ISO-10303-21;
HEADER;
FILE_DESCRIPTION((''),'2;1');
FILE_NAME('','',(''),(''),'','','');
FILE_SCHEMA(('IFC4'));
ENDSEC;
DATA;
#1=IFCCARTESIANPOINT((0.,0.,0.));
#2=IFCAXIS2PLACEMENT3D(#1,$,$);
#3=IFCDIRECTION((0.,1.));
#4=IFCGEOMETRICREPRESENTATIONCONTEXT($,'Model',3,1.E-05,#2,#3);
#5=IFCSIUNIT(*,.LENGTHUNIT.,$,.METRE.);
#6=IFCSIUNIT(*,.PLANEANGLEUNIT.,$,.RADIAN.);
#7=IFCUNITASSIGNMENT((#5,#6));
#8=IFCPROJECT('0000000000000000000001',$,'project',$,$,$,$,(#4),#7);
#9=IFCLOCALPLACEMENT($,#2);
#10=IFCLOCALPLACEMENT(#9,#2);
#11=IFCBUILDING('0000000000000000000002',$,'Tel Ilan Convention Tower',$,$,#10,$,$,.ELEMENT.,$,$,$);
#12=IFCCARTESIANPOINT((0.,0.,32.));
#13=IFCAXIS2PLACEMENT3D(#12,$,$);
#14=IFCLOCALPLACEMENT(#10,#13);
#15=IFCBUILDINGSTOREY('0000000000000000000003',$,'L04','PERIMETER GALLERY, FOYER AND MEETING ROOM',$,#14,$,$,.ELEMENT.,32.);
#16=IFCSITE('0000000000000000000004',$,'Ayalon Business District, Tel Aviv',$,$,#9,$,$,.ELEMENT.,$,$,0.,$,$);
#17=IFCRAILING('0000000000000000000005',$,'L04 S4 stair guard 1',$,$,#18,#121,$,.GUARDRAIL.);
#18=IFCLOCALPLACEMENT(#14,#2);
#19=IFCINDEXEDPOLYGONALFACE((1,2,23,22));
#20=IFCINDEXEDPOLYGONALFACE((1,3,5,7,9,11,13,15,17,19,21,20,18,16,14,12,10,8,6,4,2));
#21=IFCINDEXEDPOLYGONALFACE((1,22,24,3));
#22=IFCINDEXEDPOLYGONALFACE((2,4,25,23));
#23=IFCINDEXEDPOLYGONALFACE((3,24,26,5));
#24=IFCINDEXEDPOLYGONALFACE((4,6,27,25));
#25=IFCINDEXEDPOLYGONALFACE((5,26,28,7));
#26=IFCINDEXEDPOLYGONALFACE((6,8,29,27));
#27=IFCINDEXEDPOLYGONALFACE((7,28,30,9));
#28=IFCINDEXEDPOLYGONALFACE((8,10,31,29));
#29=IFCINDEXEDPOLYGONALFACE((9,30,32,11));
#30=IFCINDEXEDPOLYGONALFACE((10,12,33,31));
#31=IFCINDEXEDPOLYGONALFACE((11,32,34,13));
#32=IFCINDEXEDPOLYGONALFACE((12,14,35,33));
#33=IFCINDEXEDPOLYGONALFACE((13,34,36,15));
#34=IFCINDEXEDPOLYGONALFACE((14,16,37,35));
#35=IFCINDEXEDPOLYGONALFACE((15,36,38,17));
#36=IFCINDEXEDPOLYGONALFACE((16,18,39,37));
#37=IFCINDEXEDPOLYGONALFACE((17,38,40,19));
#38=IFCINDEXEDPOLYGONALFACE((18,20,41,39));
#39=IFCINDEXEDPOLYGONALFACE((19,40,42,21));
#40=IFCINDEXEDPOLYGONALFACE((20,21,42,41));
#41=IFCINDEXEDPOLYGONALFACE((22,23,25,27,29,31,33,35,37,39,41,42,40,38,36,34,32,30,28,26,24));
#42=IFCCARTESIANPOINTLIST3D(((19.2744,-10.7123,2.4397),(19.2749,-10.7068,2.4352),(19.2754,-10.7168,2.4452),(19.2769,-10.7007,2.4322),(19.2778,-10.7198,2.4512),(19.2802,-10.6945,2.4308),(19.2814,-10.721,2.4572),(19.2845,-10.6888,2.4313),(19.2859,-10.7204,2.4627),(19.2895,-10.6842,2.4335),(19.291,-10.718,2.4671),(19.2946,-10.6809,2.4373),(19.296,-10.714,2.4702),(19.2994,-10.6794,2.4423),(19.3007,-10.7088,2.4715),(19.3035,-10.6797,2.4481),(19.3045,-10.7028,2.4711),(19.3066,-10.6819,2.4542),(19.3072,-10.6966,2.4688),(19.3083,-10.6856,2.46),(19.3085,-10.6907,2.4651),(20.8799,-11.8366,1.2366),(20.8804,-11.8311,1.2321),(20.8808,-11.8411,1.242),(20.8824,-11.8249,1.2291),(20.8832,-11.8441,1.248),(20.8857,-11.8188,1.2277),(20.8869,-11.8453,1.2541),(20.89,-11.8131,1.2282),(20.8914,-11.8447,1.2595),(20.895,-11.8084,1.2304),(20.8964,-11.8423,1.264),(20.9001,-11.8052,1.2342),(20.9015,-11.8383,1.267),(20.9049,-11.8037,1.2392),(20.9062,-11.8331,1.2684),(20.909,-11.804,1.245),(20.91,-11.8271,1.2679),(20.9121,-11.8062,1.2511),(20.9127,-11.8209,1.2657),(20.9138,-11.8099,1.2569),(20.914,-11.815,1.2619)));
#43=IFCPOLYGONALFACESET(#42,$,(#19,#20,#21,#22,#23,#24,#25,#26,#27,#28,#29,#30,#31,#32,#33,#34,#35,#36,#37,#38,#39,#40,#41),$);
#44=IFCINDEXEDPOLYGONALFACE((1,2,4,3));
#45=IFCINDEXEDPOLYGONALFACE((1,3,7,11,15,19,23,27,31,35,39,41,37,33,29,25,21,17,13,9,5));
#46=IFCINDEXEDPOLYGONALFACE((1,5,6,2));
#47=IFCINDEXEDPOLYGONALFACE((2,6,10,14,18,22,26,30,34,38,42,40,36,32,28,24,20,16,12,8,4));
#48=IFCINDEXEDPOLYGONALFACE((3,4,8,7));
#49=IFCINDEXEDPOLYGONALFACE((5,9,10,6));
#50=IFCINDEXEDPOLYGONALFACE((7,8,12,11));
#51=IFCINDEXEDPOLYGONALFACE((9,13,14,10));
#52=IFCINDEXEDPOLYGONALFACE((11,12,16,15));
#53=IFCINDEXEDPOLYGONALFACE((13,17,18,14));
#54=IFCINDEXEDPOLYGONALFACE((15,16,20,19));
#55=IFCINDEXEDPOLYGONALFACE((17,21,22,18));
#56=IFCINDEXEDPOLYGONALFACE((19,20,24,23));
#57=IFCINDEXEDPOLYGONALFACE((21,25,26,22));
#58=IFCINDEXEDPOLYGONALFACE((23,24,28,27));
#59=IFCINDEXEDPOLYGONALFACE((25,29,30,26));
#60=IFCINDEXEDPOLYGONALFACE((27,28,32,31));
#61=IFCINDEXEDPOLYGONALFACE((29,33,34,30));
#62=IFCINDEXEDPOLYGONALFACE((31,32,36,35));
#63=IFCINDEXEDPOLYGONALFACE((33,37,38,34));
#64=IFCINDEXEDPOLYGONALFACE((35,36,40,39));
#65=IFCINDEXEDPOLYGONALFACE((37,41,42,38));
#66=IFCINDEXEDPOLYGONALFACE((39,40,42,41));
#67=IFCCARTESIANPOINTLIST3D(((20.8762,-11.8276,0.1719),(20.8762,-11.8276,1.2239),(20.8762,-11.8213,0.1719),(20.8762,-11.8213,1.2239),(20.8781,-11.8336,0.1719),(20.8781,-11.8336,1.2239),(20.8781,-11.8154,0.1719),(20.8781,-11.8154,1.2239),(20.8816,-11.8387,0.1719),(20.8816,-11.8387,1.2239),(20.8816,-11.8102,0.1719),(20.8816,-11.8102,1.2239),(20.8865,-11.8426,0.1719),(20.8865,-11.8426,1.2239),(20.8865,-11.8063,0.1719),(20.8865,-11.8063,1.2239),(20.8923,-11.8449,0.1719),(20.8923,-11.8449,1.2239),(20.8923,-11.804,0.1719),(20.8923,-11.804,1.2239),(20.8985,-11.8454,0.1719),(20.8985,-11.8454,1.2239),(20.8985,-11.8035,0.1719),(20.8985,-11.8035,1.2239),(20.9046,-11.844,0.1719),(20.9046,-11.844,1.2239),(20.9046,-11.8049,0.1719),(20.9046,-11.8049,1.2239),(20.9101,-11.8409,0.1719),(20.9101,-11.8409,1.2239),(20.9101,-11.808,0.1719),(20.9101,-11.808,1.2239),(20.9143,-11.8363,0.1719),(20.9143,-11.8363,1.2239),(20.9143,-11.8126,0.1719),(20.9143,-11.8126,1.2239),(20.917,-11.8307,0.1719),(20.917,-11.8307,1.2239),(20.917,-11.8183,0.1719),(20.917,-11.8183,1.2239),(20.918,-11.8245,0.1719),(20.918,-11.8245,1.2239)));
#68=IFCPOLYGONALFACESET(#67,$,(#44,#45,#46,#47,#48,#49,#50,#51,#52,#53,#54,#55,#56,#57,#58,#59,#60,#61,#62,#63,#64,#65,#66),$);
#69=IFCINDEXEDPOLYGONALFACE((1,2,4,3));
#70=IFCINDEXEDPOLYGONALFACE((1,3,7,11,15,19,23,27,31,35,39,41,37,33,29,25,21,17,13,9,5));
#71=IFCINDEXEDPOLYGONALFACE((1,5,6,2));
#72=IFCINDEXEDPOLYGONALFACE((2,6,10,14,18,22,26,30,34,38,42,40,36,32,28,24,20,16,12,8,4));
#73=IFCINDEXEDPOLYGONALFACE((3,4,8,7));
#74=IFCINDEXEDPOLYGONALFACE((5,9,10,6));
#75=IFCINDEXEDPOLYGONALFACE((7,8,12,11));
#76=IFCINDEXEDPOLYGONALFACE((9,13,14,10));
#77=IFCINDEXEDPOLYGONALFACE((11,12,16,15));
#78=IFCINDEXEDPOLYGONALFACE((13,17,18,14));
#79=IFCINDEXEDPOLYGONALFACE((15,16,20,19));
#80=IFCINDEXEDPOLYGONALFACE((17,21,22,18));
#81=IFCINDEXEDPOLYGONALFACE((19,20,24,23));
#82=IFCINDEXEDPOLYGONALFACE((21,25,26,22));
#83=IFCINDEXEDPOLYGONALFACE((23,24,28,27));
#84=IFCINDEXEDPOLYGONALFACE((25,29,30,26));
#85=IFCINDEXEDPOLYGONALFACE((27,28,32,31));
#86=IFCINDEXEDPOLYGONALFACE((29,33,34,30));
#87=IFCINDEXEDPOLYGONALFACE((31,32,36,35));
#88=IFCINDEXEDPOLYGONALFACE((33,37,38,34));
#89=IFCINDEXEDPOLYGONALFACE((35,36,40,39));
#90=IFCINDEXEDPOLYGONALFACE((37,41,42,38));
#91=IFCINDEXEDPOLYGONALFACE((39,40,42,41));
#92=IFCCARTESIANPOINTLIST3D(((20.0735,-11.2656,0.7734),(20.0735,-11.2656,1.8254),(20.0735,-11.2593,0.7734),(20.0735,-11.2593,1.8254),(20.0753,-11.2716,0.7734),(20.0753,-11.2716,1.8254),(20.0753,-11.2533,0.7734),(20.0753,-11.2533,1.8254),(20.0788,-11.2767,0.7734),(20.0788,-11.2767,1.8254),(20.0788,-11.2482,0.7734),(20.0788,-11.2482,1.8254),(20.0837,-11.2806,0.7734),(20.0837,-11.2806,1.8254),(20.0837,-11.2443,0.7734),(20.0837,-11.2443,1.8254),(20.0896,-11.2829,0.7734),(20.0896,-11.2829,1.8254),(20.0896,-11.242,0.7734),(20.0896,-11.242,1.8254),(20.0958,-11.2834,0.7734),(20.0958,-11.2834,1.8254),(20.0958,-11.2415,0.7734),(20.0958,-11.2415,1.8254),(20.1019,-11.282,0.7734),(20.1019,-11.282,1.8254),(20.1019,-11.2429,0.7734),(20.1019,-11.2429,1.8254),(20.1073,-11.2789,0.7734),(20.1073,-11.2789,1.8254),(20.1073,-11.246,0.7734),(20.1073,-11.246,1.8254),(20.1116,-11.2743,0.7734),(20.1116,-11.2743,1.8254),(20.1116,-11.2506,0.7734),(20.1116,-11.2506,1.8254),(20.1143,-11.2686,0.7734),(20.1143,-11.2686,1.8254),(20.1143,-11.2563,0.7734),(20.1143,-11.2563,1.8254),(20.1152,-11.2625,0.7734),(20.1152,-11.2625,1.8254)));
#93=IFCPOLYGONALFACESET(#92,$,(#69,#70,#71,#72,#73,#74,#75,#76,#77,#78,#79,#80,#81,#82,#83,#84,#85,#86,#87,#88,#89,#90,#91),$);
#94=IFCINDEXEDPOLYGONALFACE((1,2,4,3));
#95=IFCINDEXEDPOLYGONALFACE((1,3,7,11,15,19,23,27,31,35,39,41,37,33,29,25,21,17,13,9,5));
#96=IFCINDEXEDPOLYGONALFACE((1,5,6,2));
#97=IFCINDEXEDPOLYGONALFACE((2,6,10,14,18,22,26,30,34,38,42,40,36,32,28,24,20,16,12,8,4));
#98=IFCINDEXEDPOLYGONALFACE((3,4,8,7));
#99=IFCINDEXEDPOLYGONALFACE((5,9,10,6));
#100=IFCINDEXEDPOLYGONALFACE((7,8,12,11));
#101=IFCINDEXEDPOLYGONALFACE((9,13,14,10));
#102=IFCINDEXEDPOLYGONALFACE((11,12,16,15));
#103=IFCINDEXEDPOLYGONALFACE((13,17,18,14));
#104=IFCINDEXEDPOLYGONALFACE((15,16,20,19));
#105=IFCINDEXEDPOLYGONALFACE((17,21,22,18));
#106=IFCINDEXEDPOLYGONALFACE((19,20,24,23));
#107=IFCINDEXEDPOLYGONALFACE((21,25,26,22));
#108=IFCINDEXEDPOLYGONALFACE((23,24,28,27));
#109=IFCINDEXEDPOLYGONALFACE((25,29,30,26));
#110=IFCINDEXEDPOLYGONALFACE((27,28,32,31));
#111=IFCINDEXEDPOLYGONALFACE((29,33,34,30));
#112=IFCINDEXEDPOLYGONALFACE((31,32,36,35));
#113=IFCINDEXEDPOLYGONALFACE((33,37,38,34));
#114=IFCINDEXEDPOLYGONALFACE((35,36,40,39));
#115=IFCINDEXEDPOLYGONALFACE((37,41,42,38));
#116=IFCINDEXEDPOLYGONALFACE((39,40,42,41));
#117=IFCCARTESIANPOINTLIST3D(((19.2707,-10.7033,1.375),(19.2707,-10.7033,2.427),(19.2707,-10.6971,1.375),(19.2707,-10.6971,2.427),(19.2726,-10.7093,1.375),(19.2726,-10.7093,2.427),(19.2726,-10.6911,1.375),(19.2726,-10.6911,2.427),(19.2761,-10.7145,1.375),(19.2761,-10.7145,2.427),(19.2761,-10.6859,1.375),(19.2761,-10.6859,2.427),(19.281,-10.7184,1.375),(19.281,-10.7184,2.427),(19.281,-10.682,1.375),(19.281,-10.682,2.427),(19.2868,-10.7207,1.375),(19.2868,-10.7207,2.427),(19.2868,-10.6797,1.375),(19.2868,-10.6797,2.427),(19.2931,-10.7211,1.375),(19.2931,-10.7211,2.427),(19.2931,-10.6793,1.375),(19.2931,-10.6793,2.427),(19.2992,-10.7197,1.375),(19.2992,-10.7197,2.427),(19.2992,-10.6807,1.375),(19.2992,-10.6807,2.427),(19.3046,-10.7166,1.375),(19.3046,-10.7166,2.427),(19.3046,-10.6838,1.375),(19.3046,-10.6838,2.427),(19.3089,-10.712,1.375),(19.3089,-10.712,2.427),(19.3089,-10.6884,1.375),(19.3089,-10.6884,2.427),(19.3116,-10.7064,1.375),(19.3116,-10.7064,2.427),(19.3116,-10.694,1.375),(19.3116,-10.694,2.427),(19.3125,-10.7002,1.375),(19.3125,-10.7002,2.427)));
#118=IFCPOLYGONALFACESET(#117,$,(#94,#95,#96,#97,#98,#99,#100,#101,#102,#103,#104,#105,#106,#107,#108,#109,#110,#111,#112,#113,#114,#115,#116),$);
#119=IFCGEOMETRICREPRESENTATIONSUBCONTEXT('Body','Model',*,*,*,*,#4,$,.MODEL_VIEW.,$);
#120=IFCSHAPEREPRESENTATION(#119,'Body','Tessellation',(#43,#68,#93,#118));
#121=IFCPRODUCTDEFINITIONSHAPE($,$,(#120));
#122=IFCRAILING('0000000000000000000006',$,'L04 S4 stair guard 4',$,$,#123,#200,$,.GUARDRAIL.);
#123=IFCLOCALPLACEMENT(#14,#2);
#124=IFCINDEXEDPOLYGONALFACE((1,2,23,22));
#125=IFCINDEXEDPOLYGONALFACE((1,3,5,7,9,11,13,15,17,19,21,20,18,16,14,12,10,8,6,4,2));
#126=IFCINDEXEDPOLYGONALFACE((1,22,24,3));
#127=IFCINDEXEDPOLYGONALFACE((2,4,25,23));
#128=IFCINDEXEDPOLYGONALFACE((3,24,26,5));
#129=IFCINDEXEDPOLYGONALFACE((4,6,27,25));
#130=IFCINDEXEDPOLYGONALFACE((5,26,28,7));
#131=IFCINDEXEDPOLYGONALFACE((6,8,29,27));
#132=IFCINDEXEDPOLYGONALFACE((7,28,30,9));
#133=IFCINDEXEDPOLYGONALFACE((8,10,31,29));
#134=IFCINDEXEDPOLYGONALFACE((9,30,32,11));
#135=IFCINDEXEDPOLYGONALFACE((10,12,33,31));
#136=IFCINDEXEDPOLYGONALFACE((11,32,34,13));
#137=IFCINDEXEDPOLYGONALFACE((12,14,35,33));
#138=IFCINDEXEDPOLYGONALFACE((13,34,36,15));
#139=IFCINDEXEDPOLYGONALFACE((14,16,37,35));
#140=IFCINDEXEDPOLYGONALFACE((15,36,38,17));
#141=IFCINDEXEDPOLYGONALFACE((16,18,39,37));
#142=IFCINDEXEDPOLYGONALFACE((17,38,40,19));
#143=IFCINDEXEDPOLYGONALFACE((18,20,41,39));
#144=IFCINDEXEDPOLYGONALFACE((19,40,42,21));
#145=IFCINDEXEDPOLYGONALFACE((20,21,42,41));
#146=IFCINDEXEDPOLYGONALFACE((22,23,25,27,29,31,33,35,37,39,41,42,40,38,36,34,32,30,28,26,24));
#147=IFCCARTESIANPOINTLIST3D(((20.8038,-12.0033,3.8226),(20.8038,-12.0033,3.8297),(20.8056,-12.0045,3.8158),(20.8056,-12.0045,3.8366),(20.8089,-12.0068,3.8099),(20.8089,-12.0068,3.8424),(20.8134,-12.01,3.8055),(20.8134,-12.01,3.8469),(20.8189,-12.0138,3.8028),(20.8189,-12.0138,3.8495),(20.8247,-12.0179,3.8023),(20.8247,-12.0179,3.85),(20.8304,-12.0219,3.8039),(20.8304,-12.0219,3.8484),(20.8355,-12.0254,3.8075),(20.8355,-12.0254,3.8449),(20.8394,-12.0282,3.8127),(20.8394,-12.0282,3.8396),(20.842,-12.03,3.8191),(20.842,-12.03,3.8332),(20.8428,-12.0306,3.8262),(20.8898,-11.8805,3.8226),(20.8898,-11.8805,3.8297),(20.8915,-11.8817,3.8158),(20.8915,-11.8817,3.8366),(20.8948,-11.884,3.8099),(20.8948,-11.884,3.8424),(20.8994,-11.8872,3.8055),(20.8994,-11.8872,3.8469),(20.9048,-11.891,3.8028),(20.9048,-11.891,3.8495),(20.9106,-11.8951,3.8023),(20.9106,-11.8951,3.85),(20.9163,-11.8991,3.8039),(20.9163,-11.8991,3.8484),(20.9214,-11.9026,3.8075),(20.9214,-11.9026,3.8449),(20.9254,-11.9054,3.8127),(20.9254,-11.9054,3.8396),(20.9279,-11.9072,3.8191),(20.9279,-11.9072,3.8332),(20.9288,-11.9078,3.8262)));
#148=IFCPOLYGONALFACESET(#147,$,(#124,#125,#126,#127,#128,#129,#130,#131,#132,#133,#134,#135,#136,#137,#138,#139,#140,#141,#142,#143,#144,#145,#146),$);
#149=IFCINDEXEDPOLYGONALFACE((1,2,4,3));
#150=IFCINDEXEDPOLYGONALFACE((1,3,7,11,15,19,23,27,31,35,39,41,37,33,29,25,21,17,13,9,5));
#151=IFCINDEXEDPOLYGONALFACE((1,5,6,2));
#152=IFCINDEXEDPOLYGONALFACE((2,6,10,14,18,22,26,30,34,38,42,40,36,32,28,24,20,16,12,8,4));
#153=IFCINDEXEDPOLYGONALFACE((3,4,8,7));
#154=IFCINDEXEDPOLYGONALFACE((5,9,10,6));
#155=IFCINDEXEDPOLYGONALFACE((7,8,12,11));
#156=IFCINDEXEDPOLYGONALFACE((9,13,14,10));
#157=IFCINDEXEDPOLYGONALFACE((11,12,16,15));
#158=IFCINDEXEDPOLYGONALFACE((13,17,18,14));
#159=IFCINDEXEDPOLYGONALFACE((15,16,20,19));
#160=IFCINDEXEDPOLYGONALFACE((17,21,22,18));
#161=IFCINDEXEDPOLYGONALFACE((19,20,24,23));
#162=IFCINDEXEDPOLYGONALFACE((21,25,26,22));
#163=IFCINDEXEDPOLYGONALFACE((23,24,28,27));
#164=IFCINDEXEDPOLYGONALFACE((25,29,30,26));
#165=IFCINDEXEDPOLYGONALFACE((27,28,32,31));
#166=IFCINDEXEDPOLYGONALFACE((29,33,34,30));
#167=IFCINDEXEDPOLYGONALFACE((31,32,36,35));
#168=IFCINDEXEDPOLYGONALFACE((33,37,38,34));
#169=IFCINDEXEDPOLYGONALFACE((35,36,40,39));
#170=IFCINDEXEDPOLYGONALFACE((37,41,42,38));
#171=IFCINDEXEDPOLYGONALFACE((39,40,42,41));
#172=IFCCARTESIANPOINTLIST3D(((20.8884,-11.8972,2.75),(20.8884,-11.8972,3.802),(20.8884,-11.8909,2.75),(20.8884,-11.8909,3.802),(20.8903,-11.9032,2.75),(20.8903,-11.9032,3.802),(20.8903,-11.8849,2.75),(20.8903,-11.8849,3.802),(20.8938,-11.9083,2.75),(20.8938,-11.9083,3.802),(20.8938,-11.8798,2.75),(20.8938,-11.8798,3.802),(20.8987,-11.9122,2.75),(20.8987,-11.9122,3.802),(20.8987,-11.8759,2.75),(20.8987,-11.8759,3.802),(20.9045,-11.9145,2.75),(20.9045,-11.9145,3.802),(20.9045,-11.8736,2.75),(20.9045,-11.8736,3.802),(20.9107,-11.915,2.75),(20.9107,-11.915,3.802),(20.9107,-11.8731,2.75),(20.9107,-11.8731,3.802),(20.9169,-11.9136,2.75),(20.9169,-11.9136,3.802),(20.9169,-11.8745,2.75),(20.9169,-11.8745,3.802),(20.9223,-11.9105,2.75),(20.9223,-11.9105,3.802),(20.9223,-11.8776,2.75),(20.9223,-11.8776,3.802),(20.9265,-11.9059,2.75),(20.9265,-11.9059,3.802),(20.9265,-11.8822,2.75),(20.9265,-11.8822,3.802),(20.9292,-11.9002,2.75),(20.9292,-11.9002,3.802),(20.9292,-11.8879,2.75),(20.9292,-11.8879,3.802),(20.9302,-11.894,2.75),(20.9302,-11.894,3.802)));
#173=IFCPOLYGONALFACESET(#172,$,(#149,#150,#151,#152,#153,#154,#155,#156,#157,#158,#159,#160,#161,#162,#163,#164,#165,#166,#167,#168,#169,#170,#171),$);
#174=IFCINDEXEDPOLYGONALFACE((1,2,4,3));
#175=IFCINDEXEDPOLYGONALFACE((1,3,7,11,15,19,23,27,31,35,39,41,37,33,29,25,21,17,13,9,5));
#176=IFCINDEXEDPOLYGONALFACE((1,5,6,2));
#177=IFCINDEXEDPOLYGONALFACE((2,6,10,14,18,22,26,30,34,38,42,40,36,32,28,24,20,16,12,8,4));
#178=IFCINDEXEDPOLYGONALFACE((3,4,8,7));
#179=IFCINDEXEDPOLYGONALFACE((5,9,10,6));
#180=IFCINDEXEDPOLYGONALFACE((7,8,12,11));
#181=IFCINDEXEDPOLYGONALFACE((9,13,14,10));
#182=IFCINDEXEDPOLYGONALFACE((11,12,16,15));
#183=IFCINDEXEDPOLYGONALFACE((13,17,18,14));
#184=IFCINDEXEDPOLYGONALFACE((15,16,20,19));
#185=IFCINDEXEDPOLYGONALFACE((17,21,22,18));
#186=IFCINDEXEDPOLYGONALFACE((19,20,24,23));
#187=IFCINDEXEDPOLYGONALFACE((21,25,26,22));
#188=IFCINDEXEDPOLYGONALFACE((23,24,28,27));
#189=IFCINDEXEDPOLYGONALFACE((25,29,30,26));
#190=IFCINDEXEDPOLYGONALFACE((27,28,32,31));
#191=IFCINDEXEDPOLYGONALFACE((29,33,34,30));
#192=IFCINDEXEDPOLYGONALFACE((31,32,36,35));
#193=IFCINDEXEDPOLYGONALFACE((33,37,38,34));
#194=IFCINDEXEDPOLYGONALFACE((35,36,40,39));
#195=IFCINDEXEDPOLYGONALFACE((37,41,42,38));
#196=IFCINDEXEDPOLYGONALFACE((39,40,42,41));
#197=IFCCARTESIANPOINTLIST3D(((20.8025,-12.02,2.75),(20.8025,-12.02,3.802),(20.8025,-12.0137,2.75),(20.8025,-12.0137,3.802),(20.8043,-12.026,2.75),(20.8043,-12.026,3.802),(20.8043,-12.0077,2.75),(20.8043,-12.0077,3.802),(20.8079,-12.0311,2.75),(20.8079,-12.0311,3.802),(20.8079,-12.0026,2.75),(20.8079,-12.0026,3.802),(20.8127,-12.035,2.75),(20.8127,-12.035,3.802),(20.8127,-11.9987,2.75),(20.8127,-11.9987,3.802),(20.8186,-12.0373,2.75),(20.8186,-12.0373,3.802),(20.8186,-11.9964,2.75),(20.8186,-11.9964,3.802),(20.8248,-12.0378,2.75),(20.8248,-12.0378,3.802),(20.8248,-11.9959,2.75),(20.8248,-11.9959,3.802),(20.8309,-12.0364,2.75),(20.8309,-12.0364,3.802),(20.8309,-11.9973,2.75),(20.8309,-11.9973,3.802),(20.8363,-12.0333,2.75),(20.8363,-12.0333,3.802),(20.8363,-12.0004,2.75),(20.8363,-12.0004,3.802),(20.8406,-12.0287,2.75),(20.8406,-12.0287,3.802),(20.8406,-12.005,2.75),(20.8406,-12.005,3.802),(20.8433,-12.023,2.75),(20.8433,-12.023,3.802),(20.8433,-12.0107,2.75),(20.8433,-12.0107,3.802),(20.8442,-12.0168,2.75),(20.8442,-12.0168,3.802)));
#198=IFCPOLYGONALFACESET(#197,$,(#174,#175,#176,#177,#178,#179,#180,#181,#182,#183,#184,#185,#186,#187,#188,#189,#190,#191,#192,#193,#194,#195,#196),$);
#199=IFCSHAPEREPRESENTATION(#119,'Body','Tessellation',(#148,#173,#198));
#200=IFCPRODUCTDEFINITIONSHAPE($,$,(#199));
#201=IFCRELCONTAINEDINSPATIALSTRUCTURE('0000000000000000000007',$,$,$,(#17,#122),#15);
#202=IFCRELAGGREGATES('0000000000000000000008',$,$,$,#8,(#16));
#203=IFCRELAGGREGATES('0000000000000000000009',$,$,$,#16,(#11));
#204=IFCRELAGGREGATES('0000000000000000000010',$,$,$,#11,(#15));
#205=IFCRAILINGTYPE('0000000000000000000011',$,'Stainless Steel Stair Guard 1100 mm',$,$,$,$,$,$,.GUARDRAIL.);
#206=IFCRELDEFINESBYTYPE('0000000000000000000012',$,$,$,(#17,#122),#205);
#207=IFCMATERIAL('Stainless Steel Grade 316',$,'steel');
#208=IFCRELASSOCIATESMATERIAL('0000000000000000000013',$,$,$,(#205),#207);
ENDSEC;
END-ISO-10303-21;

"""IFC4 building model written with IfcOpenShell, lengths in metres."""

from ifc_helpers import new_model, si_unit, direction, frame, origin, origin_2d, place, context, subcontext, project, spatial, circle, extrude, material, type_object, element, save


model = new_model("IFC4")

# Units and contexts
model_context = context("Model", 3, precision=1e-05, world=origin(), true_north=direction((0.0, 1.0)))
body_context = subcontext(model_context, "Body", "Model", "MODEL_VIEW")
ifc_project = project(units=[si_unit("LENGTHUNIT", "METRE"), si_unit("PLANEANGLEUNIT", "RADIAN")], contexts=[model_context])

# Site, building, storey
site_placement = place(None, origin())
site = spatial("IfcSite", under=ifc_project, at=site_placement, Name="Ayalon Business District, Tel Aviv", CompositionType="ELEMENT", RefElevation=0.0)
building_placement = place(site_placement, origin())
building = spatial("IfcBuilding", under=site, at=building_placement, Name="Tel Ilan Convention Tower", CompositionType="ELEMENT")
storey_placement = place(building_placement, frame((0.0, 0.0, 32.0)))
storey = spatial("IfcBuildingStorey", under=building, at=storey_placement, Name="L04", Description="PERIMETER GALLERY, FOYER AND MEETING ROOM", CompositionType="ELEMENT", Elevation=32.0)

# Railings
ifc_material_1 = material(Name="Stainless Steel Grade 316", Category="steel")
railing_type_1 = type_object("IfcRailingType", Name="Stainless Steel Stair Guard 1100 mm", PredefinedType="GUARDRAIL", material=ifc_material_1)
railing_1_placement = place(storey_placement, frame((20.897, -11.8245, 0.1719)))
element("IfcRailing", 1, at=railing_1_placement, inside=storey, type_object=railing_type_1, Name="L04 S4 stair guard 1", PredefinedType="GUARDRAIL", context=body_context, shape_type="SweptSolid", body=[
    extrude(circle(Radius=0.0239, at=origin_2d()), frame((0.0, 0.0, 1.0762), z_axis=(-0.698095, 0.488857, 0.523146), x_axis=(-0.573613, -0.819127, 0.0)), (0.0, 0.0, 1.0), 2.2998),
    extrude(circle(Radius=0.021, at=origin_2d()), origin(), (0.0, 0.0, 1.0), 1.052),
    extrude(circle(Radius=0.021, at=origin_2d()), frame((-0.8027, 0.562, 0.6016)), (0.0, 0.0, 1.0), 1.052),
    extrude(circle(Radius=0.021, at=origin_2d()), frame((-1.6055, 1.1243, 1.2031)), (0.0, 0.0, 1.0), 1.052),
])
railing_2_placement = place(storey_placement, frame((20.9092, -11.894, 2.75)))
element("IfcRailing", 2, at=railing_2_placement, inside=storey, type_object=railing_type_1, Name="L04 S4 stair guard 4", PredefinedType="GUARDRAIL", context=body_context, shape_type="SweptSolid", body=[
    extrude(circle(Radius=0.0239, at=origin_2d()), frame((0.0, 0.0, 1.0762), z_axis=(-0.573353, -0.819308, 0.0), x_axis=(0.819308, -0.573353, 0.0)), (0.0, 0.0, 1.0), 0.1499),
    extrude(circle(Radius=0.021, at=origin_2d()), origin(), (0.0, 0.0, 1.0), 1.052),
    extrude(circle(Radius=0.021, at=origin_2d()), frame((-0.0859, -0.1228, 0.0)), (0.0, 0.0, 1.0), 1.052),
])

save(model, "model.ifc")
